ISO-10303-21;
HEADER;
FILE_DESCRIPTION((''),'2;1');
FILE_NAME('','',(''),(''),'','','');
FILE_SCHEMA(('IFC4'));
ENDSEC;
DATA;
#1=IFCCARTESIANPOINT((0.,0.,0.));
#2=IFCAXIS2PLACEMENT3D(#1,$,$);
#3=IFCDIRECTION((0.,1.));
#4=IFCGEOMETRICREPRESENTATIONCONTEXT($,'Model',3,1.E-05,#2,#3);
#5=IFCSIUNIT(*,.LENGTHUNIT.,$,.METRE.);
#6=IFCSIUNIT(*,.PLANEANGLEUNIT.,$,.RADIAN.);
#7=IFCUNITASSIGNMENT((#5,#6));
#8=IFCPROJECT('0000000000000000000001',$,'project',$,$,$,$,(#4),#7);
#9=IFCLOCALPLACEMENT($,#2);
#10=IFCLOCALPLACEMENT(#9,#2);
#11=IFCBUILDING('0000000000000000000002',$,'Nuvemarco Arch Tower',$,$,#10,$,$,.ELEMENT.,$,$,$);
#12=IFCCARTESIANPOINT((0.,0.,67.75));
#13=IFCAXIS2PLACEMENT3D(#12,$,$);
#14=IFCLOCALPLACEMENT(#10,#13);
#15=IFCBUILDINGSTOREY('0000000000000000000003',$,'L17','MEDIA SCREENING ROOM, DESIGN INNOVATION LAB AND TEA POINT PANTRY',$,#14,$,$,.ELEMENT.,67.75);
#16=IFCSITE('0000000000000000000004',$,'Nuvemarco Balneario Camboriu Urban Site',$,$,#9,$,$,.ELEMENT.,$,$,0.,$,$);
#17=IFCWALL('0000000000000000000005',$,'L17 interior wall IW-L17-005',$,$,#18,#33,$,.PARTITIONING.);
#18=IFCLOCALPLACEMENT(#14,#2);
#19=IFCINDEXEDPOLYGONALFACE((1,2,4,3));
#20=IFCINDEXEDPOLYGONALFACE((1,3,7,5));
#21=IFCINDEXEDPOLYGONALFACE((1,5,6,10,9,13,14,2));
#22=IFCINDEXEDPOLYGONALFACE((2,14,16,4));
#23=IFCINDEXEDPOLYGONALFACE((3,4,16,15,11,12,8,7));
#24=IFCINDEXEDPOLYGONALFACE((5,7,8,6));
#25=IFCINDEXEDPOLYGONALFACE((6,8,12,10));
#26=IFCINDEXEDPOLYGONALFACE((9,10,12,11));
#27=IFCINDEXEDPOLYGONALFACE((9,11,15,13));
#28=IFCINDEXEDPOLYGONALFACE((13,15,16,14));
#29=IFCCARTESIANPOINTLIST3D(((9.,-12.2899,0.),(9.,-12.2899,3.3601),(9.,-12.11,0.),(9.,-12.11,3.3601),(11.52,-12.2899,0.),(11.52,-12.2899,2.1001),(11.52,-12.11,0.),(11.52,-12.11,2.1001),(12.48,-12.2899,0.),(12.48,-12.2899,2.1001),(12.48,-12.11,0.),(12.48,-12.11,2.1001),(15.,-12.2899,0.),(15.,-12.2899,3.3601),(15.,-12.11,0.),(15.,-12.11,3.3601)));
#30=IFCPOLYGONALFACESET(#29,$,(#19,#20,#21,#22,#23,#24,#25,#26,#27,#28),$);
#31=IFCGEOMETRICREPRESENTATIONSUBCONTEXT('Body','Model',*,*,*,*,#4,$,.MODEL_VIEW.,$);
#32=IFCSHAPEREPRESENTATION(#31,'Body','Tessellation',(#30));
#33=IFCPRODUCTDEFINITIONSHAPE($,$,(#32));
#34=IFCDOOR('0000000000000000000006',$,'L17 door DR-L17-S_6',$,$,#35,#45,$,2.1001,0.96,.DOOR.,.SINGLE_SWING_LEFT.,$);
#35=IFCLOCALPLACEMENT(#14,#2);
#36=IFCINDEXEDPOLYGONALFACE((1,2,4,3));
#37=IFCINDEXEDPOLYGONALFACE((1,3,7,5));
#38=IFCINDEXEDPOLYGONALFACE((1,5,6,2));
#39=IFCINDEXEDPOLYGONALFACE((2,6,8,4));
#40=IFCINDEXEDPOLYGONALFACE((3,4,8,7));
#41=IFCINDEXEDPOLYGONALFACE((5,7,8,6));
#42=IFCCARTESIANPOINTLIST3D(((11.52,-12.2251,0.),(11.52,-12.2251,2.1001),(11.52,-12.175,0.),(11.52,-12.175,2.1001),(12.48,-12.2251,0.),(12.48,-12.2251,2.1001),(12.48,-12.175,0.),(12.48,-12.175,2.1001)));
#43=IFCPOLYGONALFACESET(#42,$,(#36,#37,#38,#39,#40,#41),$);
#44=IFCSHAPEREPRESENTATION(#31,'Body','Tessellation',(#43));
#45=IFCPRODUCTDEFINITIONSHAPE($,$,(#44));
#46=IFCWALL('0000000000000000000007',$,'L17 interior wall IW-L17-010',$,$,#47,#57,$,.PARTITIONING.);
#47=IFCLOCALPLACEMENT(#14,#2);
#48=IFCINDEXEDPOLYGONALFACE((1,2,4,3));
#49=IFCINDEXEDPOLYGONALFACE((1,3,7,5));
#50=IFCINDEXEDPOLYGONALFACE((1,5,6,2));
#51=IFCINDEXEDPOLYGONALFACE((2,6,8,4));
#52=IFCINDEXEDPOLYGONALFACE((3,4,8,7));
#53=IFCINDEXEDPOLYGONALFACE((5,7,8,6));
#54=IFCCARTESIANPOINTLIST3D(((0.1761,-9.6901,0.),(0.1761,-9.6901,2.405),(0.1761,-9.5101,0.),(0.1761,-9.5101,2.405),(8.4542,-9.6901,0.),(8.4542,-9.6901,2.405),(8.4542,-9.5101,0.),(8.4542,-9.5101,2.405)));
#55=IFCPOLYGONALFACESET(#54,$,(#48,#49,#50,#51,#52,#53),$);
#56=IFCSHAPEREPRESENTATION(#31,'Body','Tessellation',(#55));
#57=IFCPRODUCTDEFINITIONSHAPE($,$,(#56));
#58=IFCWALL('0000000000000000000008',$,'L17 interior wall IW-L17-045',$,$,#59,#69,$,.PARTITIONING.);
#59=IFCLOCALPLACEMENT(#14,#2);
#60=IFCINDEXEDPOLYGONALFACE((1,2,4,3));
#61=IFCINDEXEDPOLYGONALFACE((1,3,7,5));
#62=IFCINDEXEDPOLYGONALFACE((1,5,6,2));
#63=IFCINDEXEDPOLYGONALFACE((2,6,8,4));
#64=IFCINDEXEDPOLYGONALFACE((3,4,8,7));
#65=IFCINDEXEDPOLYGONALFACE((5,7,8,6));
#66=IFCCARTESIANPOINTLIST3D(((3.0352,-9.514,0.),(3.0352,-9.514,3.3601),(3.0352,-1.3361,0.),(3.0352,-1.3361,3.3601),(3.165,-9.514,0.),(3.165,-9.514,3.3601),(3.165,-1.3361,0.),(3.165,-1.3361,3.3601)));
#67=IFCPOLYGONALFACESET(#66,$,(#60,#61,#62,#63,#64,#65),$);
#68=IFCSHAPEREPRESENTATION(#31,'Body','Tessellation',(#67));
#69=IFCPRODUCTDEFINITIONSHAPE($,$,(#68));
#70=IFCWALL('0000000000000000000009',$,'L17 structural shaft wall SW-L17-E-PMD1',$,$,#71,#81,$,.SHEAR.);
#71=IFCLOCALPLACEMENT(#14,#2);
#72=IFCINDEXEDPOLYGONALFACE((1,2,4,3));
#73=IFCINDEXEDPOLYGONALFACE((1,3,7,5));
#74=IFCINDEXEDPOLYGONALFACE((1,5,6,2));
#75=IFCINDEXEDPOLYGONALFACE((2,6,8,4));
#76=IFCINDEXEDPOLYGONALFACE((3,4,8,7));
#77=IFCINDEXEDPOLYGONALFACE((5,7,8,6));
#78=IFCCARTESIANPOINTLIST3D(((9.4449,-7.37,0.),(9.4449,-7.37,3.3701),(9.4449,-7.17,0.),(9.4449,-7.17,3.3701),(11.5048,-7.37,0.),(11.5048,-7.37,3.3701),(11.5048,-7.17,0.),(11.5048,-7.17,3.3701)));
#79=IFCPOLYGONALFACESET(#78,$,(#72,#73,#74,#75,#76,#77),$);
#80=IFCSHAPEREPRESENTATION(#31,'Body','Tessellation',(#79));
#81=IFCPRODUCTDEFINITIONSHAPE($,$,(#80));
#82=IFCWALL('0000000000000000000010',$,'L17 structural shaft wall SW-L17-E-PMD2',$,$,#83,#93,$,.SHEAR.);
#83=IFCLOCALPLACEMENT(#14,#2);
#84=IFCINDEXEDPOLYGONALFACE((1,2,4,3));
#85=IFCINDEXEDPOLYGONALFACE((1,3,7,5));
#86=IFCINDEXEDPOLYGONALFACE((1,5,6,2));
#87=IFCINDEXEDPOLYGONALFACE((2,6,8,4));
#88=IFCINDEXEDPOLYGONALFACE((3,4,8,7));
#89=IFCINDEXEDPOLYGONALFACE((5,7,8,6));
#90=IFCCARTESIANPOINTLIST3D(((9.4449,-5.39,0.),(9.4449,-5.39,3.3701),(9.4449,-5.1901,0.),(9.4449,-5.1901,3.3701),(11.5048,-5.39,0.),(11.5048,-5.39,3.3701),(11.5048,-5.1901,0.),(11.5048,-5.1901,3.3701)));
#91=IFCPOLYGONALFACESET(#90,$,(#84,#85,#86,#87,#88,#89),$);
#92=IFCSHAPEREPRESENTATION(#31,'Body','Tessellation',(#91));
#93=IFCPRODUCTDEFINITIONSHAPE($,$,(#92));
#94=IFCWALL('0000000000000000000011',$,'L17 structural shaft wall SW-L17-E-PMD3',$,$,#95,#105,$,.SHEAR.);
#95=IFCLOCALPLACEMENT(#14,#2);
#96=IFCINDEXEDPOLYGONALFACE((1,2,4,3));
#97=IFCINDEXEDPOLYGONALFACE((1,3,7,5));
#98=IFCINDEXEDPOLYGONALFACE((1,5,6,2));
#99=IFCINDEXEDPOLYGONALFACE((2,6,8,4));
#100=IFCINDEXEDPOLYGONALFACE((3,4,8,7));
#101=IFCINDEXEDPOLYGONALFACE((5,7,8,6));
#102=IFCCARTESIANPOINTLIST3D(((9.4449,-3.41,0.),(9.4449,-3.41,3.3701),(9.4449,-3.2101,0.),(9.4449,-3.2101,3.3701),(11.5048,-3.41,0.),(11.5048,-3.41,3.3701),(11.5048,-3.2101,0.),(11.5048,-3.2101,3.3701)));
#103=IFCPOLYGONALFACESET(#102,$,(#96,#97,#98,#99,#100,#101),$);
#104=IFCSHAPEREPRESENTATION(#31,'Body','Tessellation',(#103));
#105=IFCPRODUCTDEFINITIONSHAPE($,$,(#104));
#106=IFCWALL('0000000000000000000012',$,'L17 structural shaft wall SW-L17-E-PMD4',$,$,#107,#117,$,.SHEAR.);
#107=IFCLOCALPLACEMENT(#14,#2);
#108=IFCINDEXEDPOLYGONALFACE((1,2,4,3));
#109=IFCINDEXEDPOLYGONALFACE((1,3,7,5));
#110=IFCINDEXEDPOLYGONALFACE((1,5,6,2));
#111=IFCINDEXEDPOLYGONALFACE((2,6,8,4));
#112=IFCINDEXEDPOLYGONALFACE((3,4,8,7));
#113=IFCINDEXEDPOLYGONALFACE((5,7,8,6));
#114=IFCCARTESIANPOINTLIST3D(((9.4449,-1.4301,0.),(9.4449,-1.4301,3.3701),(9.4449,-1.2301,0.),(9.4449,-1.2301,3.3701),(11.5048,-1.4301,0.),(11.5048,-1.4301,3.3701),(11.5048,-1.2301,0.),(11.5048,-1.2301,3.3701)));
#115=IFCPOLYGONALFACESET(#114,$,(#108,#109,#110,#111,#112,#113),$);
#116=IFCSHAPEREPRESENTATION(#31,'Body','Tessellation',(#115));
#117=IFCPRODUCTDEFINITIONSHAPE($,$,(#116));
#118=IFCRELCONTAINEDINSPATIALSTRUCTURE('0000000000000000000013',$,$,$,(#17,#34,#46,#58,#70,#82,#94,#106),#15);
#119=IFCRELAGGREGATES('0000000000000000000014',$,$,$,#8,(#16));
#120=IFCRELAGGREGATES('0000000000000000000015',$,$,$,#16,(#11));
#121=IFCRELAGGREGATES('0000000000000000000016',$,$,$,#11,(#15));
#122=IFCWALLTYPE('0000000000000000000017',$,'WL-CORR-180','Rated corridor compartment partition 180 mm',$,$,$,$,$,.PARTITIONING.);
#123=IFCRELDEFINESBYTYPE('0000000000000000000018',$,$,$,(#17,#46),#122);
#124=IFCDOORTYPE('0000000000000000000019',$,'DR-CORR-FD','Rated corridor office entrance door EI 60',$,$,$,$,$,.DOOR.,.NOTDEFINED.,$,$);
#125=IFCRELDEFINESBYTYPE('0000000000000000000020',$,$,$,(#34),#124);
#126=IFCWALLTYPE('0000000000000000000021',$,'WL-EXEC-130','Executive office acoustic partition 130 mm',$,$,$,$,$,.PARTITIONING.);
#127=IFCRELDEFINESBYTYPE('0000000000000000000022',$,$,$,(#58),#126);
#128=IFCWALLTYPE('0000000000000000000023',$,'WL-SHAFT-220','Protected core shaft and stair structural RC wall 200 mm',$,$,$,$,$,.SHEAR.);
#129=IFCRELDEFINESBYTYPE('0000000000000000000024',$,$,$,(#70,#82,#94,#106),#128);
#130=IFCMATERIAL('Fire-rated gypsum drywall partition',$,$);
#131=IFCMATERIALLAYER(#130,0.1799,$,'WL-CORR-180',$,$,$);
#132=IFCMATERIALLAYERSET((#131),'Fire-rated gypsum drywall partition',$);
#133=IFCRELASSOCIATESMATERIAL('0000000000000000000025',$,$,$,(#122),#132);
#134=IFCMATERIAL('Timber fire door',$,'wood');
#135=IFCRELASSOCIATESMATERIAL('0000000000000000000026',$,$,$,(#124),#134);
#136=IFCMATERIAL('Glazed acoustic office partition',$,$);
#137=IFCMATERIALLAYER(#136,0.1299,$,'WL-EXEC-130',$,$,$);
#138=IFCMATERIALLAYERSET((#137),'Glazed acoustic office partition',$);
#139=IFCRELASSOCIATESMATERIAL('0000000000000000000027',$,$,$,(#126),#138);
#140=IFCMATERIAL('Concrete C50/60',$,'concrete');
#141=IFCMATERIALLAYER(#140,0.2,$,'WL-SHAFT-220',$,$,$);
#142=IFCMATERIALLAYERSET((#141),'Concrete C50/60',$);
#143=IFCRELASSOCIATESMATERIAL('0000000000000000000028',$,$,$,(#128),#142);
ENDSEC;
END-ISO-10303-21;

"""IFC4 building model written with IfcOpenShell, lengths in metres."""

from ifc_helpers import new_model, si_unit, direction, frame, frame_2d, origin, place, context, subcontext, project, spatial, rectangle, extrude, source, transform, mapped, material, layer, layer_set, type_object, type_shapes, element, fill, save


model = new_model("IFC4")

# Units and contexts
model_context = context("Model", 3, precision=1e-05, world=origin(), true_north=direction((0.0, 1.0)))
body_context = subcontext(model_context, "Body", "Model", "MODEL_VIEW")
ifc_project = project(units=[si_unit("LENGTHUNIT", "METRE"), si_unit("PLANEANGLEUNIT", "RADIAN")], contexts=[model_context])

# Site, building, storey
site_placement = place(None, origin())
site = spatial("IfcSite", under=ifc_project, at=site_placement, Name="Nuvemarco Balneario Camboriu Urban Site", CompositionType="ELEMENT", RefElevation=0.0)
building_placement = place(site_placement, origin())
building = spatial("IfcBuilding", under=site, at=building_placement, Name="Nuvemarco Arch Tower", CompositionType="ELEMENT")
storey_placement = place(building_placement, frame((0.0, 0.0, 67.75)))
storey = spatial("IfcBuildingStorey", under=building, at=storey_placement, Name="L17", Description="MEDIA SCREENING ROOM, DESIGN INNOVATION LAB AND TEA POINT PANTRY", CompositionType="ELEMENT", Elevation=67.75)

# Shared definitions
ifc_material_1 = material(Name="Concrete C50/60", Category="concrete")

# Wall, opening, door
ifc_material_2 = material(Name="Fire-rated gypsum drywall partition")
ifc_layer_1 = layer(ifc_material_2, 0.1799, Name="WL-CORR-180")
ifc_layer_set_1 = layer_set([ifc_layer_1], Name="Fire-rated gypsum drywall partition")
wall_type_1 = type_object("IfcWallType", Name="WL-CORR-180", Description="Rated corridor compartment partition 180 mm", PredefinedType="PARTITIONING", material=ifc_layer_set_1)
wall_1_placement = place(storey_placement, frame((9.0, -12.2, 0.0), z_axis=(0.0, 0.0, 1.0), x_axis=(1.0, 0.0, 0.0)))
wall_1 = element("IfcWall", 1, at=wall_1_placement, inside=storey, type_object=wall_type_1, Name="L17 interior wall IW-L17-005", PredefinedType="PARTITIONING", context=body_context, shape_type="SweptSolid", body=[
    extrude(rectangle(XDim=6.0, YDim=0.1799, at=frame_2d((3.0, 0.0))), origin(), (0.0, 0.0, 1.0), 3.3601),
])
opening_1_placement = place(wall_1_placement, frame((2.52, 0.0, 0.0)))
opening_1 = element("IfcOpeningElement", 2, at=opening_1_placement, cuts=wall_1, PredefinedType="OPENING", context=body_context, shape_type="SweptSolid", body=[
    extrude(rectangle(XDim=0.96, YDim=2.1001, at=frame_2d((0.48, 1.05))), frame((0.0, 0.0999, 0.0), z_axis=(0.0, -1.0, 0.0), x_axis=(1.0, 0.0, 0.0)), (0.0, 0.0, 1.0), 0.2),
])
ifc_material_3 = material(Name="Timber fire door", Category="wood")
door_type_1 = type_object("IfcDoorType", Name="DR-CORR-FD", Description="Rated corridor office entrance door EI 60", OperationType="NOTDEFINED", PredefinedType="DOOR", material=ifc_material_3)
shared_shape_1 = source(origin(), body_context, "Body", "SweptSolid", [
    extrude(rectangle(XDim=0.96, YDim=2.1001, at=frame_2d((0.48, 1.05))), frame((0.0, 0.0249, 0.0), z_axis=(0.0, -1.0, 0.0), x_axis=(1.0, 0.0, 0.0)), (0.0, 0.0, 1.0), 0.05),
])
type_shapes(door_type_1, [shared_shape_1])
door_1_placement = place(opening_1_placement, origin())
door_1 = element("IfcDoor", 3, at=door_1_placement, inside=storey, type_object=door_type_1, Name="L17 door DR-L17-S_6", OperationType="SINGLE_SWING_LEFT", OverallHeight=2.1001, OverallWidth=0.96, PredefinedType="DOOR", context=body_context, shape_type="MappedRepresentation", body=[
    mapped(shared_shape_1, transform((0.0, 0.0, 0.0), scale=1.0)),
])
fill(opening_1, door_1)

# Walls
wall_2_placement = place(storey_placement, frame((0.176, -9.6001, 0.0), z_axis=(0.0, 0.0, 1.0), x_axis=(1.0, 0.0, 0.0)))
element("IfcWall", 4, at=wall_2_placement, inside=storey, type_object=wall_type_1, Name="L17 interior wall IW-L17-010", PredefinedType="PARTITIONING", context=body_context, shape_type="SweptSolid", body=[
    extrude(rectangle(XDim=8.2781, YDim=0.1799, at=frame_2d((4.1392, 0.0))), origin(), (0.0, 0.0, 1.0), 2.405),
])
ifc_material_4 = material(Name="Glazed acoustic office partition")
ifc_layer_2 = layer(ifc_material_4, 0.1299, Name="WL-EXEC-130")
ifc_layer_set_2 = layer_set([ifc_layer_2], Name="Glazed acoustic office partition")
wall_type_2 = type_object("IfcWallType", Name="WL-EXEC-130", Description="Executive office acoustic partition 130 mm", PredefinedType="PARTITIONING", material=ifc_layer_set_2)
wall_3_placement = place(storey_placement, frame((3.1001, -9.5139, 0.0), z_axis=(0.0, 0.0, 1.0), x_axis=(0.0, 1.0, 0.0)))
element("IfcWall", 5, at=wall_3_placement, inside=storey, type_object=wall_type_2, Name="L17 interior wall IW-L17-045", PredefinedType="PARTITIONING", context=body_context, shape_type="SweptSolid", body=[
    extrude(rectangle(XDim=8.178, YDim=0.1299, at=frame_2d((4.0889, 0.0))), origin(), (0.0, 0.0, 1.0), 3.3601),
])
ifc_layer_3 = layer(ifc_material_1, 0.2, Name="WL-SHAFT-220")
ifc_layer_set_3 = layer_set([ifc_layer_3], Name="Concrete C50/60")
wall_type_3 = type_object("IfcWallType", Name="WL-SHAFT-220", Description="Protected core shaft and stair structural RC wall 200 mm", PredefinedType="SHEAR", material=ifc_layer_set_3)
for number, where, z_axis, x_axis, name in (
    (6, (9.4451, -7.27, 0.0), (0.0, 0.0, 1.0), (1.0, 0.0, 0.0), "L17 structural shaft wall SW-L17-E-PMD1"),
    (7, (9.4451, -5.29, 0.0), (0.0, 0.0, 1.0), (1.0, 0.0, 0.0), "L17 structural shaft wall SW-L17-E-PMD2"),
    (8, (9.4451, -3.3101, 0.0), (0.0, 0.0, 1.0), (1.0, 0.0, 0.0), "L17 structural shaft wall SW-L17-E-PMD3"),
    (9, (9.4451, -1.3301, 0.0), (0.0, 0.0, 1.0), (1.0, 0.0, 0.0), "L17 structural shaft wall SW-L17-E-PMD4"),
):
    element("IfcWall", number, at=place(storey_placement, frame(where, z_axis=z_axis, x_axis=x_axis)), inside=storey, type_object=wall_type_3, Name=name, PredefinedType="SHEAR", context=body_context, shape_type="SweptSolid", body=[
        extrude(rectangle(XDim=2.0598, YDim=0.2, at=frame_2d((1.0298, 0.0))), origin(), (0.0, 0.0, 1.0), 3.3701),
    ])

save(model, "model.ifc")
